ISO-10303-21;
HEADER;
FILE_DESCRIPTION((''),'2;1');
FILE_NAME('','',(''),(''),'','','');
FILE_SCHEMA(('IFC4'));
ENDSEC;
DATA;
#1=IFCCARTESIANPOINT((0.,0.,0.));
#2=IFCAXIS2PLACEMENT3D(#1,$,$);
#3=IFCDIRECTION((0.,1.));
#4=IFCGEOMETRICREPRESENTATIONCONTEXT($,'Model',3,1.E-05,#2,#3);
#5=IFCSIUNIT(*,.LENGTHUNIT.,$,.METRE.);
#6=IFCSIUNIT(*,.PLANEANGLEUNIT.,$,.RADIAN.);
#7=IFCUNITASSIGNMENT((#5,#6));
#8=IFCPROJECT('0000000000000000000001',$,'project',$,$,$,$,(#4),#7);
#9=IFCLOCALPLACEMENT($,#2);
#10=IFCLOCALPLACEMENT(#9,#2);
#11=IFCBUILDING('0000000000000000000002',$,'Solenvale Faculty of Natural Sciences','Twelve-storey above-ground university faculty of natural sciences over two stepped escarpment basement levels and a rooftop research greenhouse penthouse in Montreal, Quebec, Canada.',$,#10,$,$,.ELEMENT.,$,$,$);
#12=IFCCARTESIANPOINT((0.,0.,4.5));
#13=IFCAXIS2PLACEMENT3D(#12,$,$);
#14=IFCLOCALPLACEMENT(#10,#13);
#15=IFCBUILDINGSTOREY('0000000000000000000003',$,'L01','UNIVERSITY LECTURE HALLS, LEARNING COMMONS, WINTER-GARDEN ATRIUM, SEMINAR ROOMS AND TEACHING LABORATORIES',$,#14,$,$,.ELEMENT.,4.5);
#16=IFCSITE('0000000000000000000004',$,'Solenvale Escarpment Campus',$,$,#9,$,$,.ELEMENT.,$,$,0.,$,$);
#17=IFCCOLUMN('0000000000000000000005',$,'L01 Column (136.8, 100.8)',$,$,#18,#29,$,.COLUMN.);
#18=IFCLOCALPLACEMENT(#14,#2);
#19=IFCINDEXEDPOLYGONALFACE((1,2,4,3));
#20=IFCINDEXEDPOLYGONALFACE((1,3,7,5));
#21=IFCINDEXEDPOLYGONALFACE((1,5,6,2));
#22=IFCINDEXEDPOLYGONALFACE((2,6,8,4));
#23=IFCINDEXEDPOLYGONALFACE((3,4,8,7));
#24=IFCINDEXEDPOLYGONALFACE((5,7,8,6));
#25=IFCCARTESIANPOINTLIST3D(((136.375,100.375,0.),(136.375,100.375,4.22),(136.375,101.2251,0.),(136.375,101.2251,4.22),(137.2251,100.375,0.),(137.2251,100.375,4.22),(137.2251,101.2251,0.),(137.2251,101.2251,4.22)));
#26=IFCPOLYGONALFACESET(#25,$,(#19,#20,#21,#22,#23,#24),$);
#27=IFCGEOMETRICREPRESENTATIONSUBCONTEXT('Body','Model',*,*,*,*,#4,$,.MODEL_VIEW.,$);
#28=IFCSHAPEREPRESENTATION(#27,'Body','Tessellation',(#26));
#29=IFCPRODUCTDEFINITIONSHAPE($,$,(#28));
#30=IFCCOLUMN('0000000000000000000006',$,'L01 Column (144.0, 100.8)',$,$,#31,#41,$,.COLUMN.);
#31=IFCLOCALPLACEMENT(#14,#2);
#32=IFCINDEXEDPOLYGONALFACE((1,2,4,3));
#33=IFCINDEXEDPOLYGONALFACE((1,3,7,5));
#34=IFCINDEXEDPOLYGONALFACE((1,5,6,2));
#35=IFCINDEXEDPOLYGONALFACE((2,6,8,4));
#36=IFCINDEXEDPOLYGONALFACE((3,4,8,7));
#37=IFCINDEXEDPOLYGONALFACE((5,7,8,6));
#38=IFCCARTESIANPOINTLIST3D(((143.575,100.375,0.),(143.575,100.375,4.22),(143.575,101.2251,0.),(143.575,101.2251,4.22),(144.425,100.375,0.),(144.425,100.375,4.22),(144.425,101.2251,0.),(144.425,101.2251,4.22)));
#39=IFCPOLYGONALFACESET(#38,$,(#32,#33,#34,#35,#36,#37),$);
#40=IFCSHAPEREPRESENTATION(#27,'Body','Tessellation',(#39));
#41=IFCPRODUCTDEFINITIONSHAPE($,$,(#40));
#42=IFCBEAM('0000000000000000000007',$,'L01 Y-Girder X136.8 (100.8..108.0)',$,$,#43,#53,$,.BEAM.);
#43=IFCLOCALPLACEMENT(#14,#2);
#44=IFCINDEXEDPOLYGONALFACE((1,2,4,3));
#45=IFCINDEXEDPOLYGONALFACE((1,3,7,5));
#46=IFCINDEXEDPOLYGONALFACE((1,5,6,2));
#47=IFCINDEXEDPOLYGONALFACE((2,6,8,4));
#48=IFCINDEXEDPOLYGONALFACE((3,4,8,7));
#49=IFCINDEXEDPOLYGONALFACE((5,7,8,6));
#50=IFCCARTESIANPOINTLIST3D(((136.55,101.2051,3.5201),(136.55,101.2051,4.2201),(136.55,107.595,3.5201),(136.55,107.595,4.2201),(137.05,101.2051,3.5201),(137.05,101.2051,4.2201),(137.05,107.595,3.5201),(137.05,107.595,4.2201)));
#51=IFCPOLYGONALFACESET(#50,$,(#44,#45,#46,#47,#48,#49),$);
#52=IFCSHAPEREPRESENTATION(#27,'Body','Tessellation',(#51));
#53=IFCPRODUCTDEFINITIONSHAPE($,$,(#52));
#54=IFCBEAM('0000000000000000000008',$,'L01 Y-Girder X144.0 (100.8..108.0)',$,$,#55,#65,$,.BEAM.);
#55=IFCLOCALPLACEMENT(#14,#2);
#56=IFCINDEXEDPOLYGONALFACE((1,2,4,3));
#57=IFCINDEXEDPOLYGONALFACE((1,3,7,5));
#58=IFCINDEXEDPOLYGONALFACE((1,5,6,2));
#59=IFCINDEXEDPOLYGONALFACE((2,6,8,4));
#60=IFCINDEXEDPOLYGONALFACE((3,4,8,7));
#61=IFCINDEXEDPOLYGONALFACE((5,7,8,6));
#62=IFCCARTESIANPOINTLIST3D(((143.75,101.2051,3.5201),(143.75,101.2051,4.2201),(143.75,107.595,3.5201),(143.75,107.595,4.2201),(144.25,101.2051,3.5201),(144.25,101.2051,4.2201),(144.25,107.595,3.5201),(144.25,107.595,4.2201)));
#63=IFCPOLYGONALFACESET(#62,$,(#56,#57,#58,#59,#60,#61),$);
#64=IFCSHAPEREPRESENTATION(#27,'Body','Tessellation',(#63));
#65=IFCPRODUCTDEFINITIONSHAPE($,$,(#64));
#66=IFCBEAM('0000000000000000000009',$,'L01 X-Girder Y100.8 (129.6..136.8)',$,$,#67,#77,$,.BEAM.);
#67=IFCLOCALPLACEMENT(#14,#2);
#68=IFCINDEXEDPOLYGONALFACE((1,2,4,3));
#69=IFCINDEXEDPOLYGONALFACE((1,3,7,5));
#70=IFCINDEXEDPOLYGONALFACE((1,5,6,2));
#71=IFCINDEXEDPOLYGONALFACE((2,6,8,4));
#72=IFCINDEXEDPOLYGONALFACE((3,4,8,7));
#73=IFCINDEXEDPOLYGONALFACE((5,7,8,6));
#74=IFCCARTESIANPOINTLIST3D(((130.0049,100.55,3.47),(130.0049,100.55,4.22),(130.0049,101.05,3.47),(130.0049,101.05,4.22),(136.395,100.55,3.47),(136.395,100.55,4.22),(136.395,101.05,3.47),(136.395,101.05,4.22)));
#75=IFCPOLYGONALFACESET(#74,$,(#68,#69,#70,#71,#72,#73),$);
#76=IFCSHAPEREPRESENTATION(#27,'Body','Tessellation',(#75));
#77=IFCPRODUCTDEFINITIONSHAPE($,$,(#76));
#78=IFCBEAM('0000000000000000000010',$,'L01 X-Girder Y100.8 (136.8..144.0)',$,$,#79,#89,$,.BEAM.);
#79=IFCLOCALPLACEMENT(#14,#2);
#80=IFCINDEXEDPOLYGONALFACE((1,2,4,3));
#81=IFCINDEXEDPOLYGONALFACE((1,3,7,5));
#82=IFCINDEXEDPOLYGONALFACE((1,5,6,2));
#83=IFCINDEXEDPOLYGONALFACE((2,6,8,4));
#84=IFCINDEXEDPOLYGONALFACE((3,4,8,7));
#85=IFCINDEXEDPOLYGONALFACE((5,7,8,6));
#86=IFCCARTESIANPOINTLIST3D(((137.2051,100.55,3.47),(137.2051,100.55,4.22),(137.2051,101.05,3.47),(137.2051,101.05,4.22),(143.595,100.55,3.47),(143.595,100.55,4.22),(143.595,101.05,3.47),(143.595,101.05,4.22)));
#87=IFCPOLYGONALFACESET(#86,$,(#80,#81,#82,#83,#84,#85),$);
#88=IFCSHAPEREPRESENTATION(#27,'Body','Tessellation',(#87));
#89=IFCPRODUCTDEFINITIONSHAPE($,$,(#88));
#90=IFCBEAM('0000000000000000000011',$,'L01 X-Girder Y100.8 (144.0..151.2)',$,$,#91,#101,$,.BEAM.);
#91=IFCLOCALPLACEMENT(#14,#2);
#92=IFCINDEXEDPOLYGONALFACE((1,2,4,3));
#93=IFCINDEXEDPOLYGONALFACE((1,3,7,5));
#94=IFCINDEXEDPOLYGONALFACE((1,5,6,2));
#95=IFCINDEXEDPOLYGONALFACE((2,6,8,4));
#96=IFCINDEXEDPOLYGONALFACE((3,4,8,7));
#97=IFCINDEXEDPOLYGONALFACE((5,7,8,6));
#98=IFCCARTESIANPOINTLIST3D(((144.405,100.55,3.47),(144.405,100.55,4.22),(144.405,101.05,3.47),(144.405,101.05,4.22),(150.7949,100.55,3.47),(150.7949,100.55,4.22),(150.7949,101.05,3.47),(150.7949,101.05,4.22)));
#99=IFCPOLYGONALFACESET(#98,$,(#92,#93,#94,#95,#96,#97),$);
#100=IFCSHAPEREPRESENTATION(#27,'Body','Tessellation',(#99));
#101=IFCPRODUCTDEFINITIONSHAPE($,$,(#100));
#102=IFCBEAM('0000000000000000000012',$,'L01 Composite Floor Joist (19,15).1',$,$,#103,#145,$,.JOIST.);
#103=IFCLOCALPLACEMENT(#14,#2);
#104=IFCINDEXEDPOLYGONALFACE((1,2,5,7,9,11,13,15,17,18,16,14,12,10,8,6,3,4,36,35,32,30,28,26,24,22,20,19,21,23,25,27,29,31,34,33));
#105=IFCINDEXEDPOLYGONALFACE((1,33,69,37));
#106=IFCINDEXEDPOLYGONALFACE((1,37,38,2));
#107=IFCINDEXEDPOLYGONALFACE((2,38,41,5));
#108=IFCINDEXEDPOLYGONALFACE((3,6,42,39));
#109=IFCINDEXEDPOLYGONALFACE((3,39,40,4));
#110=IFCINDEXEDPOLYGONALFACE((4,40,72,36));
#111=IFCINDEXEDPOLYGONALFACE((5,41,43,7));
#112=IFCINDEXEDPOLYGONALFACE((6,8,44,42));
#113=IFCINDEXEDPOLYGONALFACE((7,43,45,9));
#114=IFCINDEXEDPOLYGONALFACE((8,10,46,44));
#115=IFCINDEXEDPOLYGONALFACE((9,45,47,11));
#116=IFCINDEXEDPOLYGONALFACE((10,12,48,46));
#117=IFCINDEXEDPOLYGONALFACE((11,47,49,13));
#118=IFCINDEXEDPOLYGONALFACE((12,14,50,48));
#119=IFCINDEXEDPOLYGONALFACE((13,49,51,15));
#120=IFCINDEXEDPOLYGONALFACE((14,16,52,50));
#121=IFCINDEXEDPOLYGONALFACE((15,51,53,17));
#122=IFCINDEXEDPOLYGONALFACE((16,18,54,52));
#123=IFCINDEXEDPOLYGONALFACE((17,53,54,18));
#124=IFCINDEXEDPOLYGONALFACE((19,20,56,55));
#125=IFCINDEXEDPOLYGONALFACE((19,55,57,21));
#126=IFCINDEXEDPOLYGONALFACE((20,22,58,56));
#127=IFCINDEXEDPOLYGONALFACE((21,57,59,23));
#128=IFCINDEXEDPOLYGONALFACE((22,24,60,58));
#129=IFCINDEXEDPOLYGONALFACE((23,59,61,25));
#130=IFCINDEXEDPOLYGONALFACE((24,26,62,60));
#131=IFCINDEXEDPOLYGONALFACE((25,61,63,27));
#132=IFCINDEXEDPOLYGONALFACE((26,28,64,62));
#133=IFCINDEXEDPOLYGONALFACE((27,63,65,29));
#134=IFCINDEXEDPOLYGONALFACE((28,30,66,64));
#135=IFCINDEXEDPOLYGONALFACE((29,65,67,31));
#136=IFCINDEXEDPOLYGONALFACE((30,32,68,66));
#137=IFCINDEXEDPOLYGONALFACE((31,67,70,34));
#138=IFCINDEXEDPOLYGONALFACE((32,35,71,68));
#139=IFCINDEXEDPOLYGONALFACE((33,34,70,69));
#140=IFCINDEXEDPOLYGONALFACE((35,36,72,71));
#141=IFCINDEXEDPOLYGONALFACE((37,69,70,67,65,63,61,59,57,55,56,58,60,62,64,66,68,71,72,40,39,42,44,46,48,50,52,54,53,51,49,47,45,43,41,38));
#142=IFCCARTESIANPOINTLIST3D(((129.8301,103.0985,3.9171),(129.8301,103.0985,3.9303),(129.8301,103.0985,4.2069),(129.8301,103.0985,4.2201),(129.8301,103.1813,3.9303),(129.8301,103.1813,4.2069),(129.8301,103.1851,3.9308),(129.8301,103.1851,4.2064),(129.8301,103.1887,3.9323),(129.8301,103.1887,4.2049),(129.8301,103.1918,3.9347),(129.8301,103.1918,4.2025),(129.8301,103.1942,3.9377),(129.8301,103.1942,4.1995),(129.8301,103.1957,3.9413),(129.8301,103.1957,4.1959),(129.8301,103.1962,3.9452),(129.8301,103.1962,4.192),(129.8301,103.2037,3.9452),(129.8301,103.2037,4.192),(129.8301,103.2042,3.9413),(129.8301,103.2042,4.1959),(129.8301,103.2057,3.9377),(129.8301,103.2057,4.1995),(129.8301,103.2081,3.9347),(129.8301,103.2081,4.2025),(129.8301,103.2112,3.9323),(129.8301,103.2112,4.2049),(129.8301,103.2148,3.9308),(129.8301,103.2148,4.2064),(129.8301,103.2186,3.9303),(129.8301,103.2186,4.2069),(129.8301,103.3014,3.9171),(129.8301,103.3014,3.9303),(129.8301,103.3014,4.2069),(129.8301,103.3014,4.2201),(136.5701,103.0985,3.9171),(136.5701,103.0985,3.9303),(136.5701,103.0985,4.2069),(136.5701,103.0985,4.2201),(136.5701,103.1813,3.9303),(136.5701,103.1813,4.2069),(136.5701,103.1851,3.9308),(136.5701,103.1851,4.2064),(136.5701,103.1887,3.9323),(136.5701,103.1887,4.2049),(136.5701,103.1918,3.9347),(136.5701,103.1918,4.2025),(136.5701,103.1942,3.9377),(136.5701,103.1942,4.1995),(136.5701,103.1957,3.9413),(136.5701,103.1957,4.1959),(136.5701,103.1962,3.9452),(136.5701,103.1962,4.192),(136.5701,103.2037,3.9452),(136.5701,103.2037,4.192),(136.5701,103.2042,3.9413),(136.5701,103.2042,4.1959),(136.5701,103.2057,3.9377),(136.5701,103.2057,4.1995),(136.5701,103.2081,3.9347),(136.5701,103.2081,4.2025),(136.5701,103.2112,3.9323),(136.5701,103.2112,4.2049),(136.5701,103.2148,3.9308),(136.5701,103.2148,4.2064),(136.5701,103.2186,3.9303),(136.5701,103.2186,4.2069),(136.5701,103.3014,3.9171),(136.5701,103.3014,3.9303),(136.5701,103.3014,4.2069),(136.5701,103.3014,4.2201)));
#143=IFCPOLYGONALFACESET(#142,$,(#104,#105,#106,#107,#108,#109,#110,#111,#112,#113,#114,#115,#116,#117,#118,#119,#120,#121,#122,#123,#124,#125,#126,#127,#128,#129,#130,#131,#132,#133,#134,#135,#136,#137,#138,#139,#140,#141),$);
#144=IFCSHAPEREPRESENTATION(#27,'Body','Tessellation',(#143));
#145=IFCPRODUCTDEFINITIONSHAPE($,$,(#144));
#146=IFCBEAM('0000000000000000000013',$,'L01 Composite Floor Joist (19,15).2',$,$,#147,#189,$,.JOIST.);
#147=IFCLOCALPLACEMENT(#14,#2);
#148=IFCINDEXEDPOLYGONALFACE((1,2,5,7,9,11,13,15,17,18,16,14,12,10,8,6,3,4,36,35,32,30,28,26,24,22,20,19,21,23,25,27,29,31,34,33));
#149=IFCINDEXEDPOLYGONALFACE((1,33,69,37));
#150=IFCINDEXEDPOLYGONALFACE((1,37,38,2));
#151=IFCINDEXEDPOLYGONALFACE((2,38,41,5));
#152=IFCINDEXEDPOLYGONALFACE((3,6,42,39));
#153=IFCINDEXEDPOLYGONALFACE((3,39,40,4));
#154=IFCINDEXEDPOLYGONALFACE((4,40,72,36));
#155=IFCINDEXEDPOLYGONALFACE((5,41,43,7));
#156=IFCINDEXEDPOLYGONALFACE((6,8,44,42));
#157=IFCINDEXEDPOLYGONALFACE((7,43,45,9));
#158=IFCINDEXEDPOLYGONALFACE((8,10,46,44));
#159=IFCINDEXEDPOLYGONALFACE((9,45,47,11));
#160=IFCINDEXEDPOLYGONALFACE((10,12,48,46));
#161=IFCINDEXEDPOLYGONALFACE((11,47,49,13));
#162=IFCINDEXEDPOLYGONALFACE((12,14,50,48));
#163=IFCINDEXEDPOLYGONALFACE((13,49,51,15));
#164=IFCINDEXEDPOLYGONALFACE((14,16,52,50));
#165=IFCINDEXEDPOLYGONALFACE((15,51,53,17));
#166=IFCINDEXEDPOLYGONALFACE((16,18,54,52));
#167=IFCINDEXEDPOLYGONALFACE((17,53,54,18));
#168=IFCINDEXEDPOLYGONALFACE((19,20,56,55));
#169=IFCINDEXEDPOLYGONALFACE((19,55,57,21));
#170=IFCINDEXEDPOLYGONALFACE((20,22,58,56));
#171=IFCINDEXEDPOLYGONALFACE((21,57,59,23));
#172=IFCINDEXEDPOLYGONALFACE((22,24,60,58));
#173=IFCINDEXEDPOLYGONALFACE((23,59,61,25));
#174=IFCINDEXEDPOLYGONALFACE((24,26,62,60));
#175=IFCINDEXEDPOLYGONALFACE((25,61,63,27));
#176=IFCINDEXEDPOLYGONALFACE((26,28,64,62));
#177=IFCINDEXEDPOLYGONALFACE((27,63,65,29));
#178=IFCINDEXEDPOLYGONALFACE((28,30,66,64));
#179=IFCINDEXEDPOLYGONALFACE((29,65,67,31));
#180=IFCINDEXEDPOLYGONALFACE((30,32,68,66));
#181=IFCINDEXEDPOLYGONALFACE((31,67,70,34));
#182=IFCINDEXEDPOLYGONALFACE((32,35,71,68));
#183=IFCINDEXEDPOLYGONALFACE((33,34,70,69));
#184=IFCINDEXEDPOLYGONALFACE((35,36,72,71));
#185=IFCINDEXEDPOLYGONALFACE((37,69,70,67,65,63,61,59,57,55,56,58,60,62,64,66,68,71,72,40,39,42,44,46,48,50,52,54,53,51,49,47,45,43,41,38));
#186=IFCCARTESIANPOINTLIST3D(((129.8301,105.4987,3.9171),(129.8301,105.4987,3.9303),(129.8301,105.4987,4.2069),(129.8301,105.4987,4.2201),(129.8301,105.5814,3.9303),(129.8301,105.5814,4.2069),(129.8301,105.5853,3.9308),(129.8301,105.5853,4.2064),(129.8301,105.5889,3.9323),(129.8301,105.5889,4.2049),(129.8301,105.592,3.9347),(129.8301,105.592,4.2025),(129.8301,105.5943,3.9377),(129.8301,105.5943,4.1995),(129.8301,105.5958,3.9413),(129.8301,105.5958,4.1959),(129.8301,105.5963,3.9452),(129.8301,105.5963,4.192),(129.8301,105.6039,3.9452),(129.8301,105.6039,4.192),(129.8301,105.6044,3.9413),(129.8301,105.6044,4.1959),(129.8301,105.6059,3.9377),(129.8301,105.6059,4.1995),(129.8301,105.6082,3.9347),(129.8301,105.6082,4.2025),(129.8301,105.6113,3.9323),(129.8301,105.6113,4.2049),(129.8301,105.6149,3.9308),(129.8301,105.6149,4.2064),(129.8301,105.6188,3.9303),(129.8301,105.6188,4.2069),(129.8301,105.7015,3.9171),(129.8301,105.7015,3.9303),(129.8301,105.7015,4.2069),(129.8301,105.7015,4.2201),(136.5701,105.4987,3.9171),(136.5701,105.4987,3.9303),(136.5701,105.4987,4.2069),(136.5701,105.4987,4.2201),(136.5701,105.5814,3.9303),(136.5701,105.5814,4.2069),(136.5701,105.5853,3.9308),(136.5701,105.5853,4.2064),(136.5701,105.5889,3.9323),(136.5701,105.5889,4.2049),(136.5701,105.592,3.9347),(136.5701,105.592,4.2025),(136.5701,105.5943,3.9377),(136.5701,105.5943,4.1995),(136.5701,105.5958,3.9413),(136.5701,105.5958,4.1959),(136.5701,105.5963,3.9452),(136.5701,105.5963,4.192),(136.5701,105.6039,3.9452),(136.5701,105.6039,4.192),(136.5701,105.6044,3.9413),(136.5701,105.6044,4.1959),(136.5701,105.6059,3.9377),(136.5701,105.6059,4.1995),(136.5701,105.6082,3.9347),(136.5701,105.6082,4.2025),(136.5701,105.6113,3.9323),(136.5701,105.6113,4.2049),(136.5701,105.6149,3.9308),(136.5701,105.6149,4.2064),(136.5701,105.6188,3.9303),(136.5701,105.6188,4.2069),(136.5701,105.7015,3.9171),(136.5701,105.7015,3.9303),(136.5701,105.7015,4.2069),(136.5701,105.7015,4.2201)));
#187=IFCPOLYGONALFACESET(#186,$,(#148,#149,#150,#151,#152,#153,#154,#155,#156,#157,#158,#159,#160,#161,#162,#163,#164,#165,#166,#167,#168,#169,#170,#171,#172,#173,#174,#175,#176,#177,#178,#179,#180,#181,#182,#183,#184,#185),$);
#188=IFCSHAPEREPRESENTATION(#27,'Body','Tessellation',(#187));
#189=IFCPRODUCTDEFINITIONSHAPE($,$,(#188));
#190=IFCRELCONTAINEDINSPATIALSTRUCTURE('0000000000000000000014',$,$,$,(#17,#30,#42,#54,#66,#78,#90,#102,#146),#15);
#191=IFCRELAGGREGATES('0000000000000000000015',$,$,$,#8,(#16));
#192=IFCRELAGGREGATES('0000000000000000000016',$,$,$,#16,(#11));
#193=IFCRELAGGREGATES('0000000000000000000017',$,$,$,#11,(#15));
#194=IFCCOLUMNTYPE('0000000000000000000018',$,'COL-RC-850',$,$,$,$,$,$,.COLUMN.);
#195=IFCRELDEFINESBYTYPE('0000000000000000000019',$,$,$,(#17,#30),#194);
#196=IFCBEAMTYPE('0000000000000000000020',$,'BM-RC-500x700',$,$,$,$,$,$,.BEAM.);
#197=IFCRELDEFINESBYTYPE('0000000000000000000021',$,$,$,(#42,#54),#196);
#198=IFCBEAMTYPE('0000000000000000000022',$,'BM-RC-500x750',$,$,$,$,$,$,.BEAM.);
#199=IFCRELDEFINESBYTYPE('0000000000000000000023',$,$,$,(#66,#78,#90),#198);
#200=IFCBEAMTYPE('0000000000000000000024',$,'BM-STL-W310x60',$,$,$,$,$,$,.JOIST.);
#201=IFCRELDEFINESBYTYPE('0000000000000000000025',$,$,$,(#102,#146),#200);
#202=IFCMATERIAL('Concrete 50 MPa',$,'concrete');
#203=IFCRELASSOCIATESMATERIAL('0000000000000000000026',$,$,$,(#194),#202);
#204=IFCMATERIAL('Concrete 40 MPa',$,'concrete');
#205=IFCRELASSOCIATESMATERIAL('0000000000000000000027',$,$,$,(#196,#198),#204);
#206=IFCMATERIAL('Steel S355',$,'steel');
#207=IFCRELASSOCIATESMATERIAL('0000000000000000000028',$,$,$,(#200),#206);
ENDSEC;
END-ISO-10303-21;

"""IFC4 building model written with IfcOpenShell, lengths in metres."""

from ifc_helpers import new_model, si_unit, direction, frame, origin, origin_2d, place, context, subcontext, project, spatial, rectangle, i_section, extrude, material, material_profile, profile_set, type_object, element, save


model = new_model("IFC4")

# Units and contexts
model_context = context("Model", 3, precision=1e-05, world=origin(), true_north=direction((0.0, 1.0)))
body_context = subcontext(model_context, "Body", "Model", "MODEL_VIEW")
ifc_project = project(units=[si_unit("LENGTHUNIT", "METRE"), si_unit("PLANEANGLEUNIT", "RADIAN")], contexts=[model_context])

# Site, building, storey
site_placement = place(None, origin())
site = spatial("IfcSite", under=ifc_project, at=site_placement, Name="Solenvale Escarpment Campus", CompositionType="ELEMENT", RefElevation=0.0)
building_placement = place(site_placement, origin())
building = spatial("IfcBuilding", under=site, at=building_placement, Name="Solenvale Faculty of Natural Sciences", Description="Twelve-storey above-ground university faculty of natural sciences over two stepped escarpment basement levels and a rooftop research greenhouse penthouse in Montreal, Quebec, Canada.", CompositionType="ELEMENT")
storey_placement = place(building_placement, frame((0.0, 0.0, 4.5)))
storey = spatial("IfcBuildingStorey", under=building, at=storey_placement, Name="L01", Description="UNIVERSITY LECTURE HALLS, LEARNING COMMONS, WINTER-GARDEN ATRIUM, SEMINAR ROOMS AND TEACHING LABORATORIES", CompositionType="ELEMENT", Elevation=4.5)

# Columns
ifc_material_1 = material(Name="Concrete 50 MPa", Category="concrete")
ifc_material_profile_1 = material_profile(ifc_material_1, rectangle(XDim=0.8501, YDim=0.8501, at=origin_2d()), Name="RC-COL-850x850")
ifc_profile_set_1 = profile_set([ifc_material_profile_1], Name="Concrete 50 MPa")
column_type = type_object("IfcColumnType", Name="COL-RC-850", PredefinedType="COLUMN", material=ifc_profile_set_1)
for number, where, z_axis, x_axis, name in (
    (1, (136.8, 100.8, 0.0), (0.0, 0.0, 1.0), (1.0, 0.0, 0.0), "L01 Column (136.8, 100.8)"),
    (2, (144.0, 100.8, 0.0), (0.0, 0.0, 1.0), (1.0, 0.0, 0.0), "L01 Column (144.0, 100.8)"),
):
    element("IfcColumn", number, at=place(storey_placement, frame(where, z_axis=z_axis, x_axis=x_axis)), inside=storey, type_object=column_type, Name=name, PredefinedType="COLUMN", context=body_context, shape_type="SweptSolid", body=[
        extrude(rectangle(XDim=0.8501, YDim=0.8501, at=origin_2d()), origin(), (0.0, 0.0, 1.0), 4.22),
    ])

# Beams
ifc_material_2 = material(Name="Concrete 40 MPa", Category="concrete")
ifc_material_profile_2 = material_profile(ifc_material_2, rectangle(XDim=0.5, YDim=0.7, at=origin_2d()), Name="RC-BM-500x700")
ifc_profile_set_2 = profile_set([ifc_material_profile_2], Name="Concrete 40 MPa")
beam_type_1 = type_object("IfcBeamType", Name="BM-RC-500x700", PredefinedType="BEAM", material=ifc_profile_set_2)
for number, where, z_axis, x_axis, name in (
    (3, (136.8, 101.2051, 3.8701), (0.0, 1.0, 0.0), (-1.0, 0.0, 0.0), "L01 Y-Girder X136.8 (100.8..108.0)"),
    (4, (144.0, 101.2051, 3.8701), (0.0, 1.0, 0.0), (-1.0, 0.0, 0.0), "L01 Y-Girder X144.0 (100.8..108.0)"),
):
    element("IfcBeam", number, at=place(storey_placement, frame(where, z_axis=z_axis, x_axis=x_axis)), inside=storey, type_object=beam_type_1, Name=name, PredefinedType="BEAM", context=body_context, shape_type="SweptSolid", body=[
        extrude(rectangle(XDim=0.5, YDim=0.7, at=origin_2d()), origin(), (0.0, 0.0, 1.0), 6.3899),
    ])
ifc_material_profile_3 = material_profile(ifc_material_2, rectangle(XDim=0.5, YDim=0.75, at=origin_2d()), Name="RC-BM-500x750")
ifc_profile_set_3 = profile_set([ifc_material_profile_3], Name="Concrete 40 MPa")
beam_type_2 = type_object("IfcBeamType", Name="BM-RC-500x750", PredefinedType="BEAM", material=ifc_profile_set_3)
beam_placement = place(storey_placement, frame((130.0049, 100.8, 3.845), z_axis=(1.0, 0.0, 0.0), x_axis=(0.0, 1.0, 0.0)))
element("IfcBeam", 5, at=beam_placement, inside=storey, type_object=beam_type_2, Name="L01 X-Girder Y100.8 (129.6..136.8)", PredefinedType="BEAM", context=body_context, shape_type="SweptSolid", body=[
    extrude(rectangle(XDim=0.5, YDim=0.75, at=origin_2d()), origin(), (0.0, 0.0, 1.0), 6.3901),
])
for number, where, z_axis, x_axis, name in (
    (6, (137.2051, 100.8, 3.845), (1.0, 0.0, 0.0), (0.0, 1.0, 0.0), "L01 X-Girder Y100.8 (136.8..144.0)"),
    (7, (144.405, 100.8, 3.845), (1.0, 0.0, 0.0), (0.0, 1.0, 0.0), "L01 X-Girder Y100.8 (144.0..151.2)"),
):
    element("IfcBeam", number, at=place(storey_placement, frame(where, z_axis=z_axis, x_axis=x_axis)), inside=storey, type_object=beam_type_2, Name=name, PredefinedType="BEAM", context=body_context, shape_type="SweptSolid", body=[
        extrude(rectangle(XDim=0.5, YDim=0.75, at=origin_2d()), origin(), (0.0, 0.0, 1.0), 6.3899),
    ])
ifc_material_3 = material(Name="Steel S355", Category="steel")
ifc_material_profile_4 = material_profile(ifc_material_3, i_section(OverallWidth=0.2029, OverallDepth=0.303, WebThickness=0.0076, FlangeThickness=0.0132, FilletRadius=0.0149, at=origin_2d()), Name="W310x60")
ifc_profile_set_4 = profile_set([ifc_material_profile_4], Name="Steel S355")
beam_type_3 = type_object("IfcBeamType", Name="BM-STL-W310x60", PredefinedType="JOIST", material=ifc_profile_set_4)
for number, where, z_axis, x_axis, name in (
    (8, (129.8301, 103.2, 4.0686), (1.0, 0.0, 0.0), (0.0, 1.0, 0.0), "L01 Composite Floor Joist (19,15).1"),
    (9, (129.8301, 105.6001, 4.0686), (1.0, 0.0, 0.0), (0.0, 1.0, 0.0), "L01 Composite Floor Joist (19,15).2"),
):
    element("IfcBeam", number, at=place(storey_placement, frame(where, z_axis=z_axis, x_axis=x_axis)), inside=storey, type_object=beam_type_3, Name=name, PredefinedType="JOIST", context=body_context, shape_type="SweptSolid", body=[
        extrude(i_section(OverallWidth=0.2029, OverallDepth=0.303, WebThickness=0.0076, FlangeThickness=0.0132, FilletRadius=0.0149, at=origin_2d()), origin(), (0.0, 0.0, 1.0), 6.74),
    ])

save(model, "model.ifc")
